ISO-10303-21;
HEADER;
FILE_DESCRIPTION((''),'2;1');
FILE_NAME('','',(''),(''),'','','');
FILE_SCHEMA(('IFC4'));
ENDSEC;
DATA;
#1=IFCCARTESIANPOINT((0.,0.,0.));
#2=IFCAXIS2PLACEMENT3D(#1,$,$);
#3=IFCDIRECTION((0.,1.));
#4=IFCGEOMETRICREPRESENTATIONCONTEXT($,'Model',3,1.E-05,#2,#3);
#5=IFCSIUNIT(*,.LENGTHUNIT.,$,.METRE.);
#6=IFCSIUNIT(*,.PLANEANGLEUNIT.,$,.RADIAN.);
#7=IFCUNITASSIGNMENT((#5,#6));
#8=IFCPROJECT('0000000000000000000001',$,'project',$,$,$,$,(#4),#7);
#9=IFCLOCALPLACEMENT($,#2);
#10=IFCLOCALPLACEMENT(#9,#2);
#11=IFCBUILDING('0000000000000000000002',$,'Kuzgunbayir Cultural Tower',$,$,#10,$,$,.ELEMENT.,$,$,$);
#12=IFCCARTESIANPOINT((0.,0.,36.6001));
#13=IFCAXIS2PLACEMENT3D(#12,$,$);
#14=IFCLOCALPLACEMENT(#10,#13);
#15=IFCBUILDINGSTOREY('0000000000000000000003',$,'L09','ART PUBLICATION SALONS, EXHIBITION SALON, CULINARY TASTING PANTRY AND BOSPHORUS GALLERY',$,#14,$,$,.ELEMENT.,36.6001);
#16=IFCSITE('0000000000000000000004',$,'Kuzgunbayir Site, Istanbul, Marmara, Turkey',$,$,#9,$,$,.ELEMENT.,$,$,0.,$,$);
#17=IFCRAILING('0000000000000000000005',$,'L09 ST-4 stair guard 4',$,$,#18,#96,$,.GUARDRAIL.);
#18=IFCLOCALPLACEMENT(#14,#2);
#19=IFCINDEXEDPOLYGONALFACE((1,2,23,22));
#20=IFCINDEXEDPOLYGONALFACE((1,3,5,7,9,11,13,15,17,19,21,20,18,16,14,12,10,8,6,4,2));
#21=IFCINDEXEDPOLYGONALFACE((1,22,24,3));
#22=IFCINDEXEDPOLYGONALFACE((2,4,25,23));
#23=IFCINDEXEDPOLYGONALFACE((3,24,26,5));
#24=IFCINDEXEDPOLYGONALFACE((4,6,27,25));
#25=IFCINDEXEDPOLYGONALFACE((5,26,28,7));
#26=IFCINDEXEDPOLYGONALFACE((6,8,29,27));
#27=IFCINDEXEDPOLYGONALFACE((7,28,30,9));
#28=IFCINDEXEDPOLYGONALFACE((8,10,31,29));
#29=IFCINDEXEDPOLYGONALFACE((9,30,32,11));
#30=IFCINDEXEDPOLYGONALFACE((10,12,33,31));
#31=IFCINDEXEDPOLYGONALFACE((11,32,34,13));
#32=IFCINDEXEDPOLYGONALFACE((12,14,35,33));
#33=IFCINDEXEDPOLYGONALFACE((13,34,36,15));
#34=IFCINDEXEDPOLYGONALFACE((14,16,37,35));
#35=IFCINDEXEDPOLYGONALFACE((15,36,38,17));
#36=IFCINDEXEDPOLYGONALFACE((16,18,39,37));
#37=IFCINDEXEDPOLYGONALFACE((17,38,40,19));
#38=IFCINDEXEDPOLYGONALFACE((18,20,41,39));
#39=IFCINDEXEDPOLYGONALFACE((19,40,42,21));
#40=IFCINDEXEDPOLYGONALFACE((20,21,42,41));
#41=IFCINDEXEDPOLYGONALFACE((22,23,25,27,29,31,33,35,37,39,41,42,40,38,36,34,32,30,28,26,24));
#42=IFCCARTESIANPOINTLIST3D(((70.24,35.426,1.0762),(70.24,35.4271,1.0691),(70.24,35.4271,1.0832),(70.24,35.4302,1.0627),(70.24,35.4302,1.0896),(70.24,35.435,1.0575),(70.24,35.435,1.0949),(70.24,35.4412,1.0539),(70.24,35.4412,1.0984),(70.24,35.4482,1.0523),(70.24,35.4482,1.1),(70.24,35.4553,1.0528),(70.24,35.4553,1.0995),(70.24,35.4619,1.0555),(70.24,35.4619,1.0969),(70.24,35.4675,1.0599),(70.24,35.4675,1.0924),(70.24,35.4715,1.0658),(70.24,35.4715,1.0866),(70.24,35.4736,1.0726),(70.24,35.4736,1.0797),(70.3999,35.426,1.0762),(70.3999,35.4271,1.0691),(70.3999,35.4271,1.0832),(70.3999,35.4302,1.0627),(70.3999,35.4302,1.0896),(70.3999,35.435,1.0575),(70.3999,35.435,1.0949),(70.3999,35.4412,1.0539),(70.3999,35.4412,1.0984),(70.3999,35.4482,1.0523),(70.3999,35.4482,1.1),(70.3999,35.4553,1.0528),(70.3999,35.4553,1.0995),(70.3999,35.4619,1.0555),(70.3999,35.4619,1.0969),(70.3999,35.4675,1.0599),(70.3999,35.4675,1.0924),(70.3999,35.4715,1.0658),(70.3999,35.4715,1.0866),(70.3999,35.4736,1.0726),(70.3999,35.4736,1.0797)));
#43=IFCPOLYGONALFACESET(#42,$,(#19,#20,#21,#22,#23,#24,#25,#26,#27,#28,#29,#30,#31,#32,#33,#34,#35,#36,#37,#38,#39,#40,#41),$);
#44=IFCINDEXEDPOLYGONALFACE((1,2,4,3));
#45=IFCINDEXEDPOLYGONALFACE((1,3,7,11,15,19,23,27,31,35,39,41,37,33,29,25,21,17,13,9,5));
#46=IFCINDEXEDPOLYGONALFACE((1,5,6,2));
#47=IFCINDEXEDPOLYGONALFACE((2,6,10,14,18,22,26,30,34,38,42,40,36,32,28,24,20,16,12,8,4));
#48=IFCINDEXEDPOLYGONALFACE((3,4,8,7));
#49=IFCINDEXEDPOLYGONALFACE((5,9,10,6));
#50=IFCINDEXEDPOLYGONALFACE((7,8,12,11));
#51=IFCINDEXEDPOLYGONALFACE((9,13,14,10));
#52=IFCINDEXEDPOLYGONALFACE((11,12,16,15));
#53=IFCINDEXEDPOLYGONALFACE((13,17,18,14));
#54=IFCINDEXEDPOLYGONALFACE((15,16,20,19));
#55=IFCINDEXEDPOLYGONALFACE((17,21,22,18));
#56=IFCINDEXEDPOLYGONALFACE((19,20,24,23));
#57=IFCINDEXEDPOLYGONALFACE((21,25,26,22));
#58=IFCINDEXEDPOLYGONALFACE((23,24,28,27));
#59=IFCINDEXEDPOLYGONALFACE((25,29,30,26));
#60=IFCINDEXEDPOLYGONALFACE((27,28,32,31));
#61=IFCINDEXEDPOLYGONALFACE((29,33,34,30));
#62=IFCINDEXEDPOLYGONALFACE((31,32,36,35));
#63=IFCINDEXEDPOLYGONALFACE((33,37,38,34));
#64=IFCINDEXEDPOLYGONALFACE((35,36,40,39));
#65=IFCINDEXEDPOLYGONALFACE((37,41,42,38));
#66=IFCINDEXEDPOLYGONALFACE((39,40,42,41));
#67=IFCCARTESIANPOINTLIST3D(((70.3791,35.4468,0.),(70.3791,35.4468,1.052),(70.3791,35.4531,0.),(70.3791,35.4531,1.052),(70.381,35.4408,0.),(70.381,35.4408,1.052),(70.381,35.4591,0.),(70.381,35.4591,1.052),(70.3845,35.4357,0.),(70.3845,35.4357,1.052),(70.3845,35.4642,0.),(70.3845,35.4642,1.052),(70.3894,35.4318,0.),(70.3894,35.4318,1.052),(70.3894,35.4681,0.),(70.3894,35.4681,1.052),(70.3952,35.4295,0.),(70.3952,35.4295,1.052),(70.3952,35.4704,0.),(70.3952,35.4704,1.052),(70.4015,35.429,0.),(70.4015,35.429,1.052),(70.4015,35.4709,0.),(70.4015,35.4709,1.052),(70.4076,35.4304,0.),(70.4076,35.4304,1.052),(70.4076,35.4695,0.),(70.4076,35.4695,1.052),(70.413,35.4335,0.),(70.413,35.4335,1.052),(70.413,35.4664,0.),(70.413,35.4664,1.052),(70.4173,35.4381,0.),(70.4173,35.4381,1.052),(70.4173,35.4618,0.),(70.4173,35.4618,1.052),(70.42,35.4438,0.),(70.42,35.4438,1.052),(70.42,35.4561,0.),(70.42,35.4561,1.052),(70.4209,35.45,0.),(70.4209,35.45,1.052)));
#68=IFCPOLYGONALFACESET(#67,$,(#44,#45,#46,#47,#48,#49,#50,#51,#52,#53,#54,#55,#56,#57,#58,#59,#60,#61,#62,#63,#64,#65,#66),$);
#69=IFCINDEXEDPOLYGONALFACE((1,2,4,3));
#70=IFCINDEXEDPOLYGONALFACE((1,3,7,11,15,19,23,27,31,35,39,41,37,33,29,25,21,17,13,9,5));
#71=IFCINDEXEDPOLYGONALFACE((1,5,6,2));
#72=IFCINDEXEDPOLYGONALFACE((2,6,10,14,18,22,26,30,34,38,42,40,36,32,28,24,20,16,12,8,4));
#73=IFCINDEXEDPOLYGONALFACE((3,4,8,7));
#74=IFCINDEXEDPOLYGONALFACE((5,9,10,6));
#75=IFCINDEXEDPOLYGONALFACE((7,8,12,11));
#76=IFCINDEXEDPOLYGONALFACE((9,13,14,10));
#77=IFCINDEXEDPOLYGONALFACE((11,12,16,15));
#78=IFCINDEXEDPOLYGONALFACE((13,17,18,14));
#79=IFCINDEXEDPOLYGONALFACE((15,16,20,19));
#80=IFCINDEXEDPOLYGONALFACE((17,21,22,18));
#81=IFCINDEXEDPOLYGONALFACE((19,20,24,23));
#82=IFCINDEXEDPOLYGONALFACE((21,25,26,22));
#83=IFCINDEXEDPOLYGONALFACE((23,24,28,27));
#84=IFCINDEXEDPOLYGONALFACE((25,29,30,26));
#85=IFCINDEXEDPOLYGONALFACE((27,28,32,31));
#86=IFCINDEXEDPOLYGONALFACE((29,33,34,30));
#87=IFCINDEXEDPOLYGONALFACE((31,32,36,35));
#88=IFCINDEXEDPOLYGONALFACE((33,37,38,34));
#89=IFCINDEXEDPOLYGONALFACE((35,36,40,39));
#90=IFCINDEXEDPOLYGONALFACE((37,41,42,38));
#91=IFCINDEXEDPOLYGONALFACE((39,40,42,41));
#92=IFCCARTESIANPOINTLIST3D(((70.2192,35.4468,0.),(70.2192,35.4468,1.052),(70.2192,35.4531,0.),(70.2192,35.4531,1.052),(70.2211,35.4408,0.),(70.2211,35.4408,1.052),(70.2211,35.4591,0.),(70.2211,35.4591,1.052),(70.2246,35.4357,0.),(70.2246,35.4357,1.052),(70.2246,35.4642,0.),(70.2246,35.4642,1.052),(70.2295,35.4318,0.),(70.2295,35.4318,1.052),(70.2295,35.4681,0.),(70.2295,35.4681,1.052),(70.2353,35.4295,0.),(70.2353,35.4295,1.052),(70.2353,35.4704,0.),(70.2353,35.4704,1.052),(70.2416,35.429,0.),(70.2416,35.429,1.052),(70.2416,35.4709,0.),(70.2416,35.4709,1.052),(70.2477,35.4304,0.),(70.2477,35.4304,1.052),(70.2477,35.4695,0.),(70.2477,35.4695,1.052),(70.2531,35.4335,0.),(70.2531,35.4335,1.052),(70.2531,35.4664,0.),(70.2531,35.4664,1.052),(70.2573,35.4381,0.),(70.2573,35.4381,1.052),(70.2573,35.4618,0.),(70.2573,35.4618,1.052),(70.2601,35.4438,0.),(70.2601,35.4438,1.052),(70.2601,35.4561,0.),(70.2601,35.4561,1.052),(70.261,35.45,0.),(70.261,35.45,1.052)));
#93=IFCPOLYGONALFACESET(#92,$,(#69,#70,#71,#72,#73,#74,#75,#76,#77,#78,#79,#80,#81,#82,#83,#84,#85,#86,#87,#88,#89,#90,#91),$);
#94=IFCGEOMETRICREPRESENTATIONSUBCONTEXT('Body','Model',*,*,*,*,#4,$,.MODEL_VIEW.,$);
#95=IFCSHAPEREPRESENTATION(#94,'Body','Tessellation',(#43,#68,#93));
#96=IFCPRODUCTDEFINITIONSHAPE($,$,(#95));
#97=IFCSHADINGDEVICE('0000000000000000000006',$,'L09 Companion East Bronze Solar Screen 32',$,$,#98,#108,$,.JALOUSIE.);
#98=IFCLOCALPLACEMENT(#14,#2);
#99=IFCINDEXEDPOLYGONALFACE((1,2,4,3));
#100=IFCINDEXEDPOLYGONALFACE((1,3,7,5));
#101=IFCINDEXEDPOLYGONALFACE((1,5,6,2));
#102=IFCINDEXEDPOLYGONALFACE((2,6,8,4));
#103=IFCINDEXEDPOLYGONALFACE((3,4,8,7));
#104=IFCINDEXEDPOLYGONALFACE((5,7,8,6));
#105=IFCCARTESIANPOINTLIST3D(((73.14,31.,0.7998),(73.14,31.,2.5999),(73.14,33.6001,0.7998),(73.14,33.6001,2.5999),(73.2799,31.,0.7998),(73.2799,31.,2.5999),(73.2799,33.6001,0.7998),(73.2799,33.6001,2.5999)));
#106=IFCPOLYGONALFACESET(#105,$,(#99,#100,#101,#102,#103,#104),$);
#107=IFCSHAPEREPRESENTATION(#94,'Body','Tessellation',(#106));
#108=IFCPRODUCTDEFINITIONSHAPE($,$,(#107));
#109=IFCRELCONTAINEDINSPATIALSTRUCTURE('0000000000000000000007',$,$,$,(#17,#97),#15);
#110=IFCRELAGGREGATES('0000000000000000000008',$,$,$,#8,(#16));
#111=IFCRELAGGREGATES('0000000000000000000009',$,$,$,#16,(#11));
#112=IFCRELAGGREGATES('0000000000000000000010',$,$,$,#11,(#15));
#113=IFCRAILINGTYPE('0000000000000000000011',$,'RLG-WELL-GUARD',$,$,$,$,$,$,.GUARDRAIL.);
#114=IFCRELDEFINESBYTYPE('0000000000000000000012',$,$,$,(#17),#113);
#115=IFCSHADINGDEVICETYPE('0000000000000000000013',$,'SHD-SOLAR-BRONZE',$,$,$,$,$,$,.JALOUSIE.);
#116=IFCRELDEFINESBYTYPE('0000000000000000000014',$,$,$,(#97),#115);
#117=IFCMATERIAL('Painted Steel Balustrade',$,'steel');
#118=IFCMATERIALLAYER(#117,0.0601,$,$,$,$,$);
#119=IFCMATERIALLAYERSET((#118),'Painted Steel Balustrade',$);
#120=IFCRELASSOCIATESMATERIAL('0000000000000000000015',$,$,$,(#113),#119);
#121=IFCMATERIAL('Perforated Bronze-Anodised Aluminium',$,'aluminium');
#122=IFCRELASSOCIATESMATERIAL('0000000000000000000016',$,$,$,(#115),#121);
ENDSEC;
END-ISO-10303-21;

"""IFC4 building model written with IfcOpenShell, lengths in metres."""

from ifc_helpers import new_model, si_unit, direction, frame, origin, origin_2d, place, context, subcontext, project, spatial, rectangle, circle, extrude, material, layer, layer_set, type_object, element, save


model = new_model("IFC4")

# Units and contexts
model_context = context("Model", 3, precision=1e-05, world=origin(), true_north=direction((0.0, 1.0)))
body_context = subcontext(model_context, "Body", "Model", "MODEL_VIEW")
ifc_project = project(units=[si_unit("LENGTHUNIT", "METRE"), si_unit("PLANEANGLEUNIT", "RADIAN")], contexts=[model_context])

# Site, building, storey
site_placement = place(None, origin())
site = spatial("IfcSite", under=ifc_project, at=site_placement, Name="Kuzgunbayir Site, Istanbul, Marmara, Turkey", CompositionType="ELEMENT", RefElevation=0.0)
building_placement = place(site_placement, origin())
building = spatial("IfcBuilding", under=site, at=building_placement, Name="Kuzgunbayir Cultural Tower", CompositionType="ELEMENT")
storey_placement = place(building_placement, frame((0.0, 0.0, 36.6001)))
storey = spatial("IfcBuildingStorey", under=building, at=storey_placement, Name="L09", Description="ART PUBLICATION SALONS, EXHIBITION SALON, CULINARY TASTING PANTRY AND BOSPHORUS GALLERY", CompositionType="ELEMENT", Elevation=36.6001)

# Railing
ifc_material_1 = material(Name="Painted Steel Balustrade", Category="steel")
ifc_layer_1 = layer(ifc_material_1, 0.0601)
ifc_layer_set_1 = layer_set([ifc_layer_1], Name="Painted Steel Balustrade")
railing_type = type_object("IfcRailingType", Name="RLG-WELL-GUARD", PredefinedType="GUARDRAIL", material=ifc_layer_set_1)
railing_1_placement = place(storey_placement, frame((70.3999, 35.45, 0.0)))
element("IfcRailing", 1, at=railing_1_placement, inside=storey, type_object=railing_type, Name="L09 ST-4 stair guard 4", PredefinedType="GUARDRAIL", context=body_context, shape_type="SweptSolid", body=[
    extrude(circle(Radius=0.0239, at=origin_2d()), frame((0.0, 0.0, 1.0762), z_axis=(-1.0, 0.0, 0.0), x_axis=(0.0, -1.0, 0.0)), (0.0, 0.0, 1.0), 0.1599),
    extrude(circle(Radius=0.021, at=origin_2d()), origin(), (0.0, 0.0, 1.0), 1.052),
    extrude(circle(Radius=0.021, at=origin_2d()), frame((-0.1599, 0.0, 0.0)), (0.0, 0.0, 1.0), 1.052),
])

# Shading device
ifc_material_2 = material(Name="Perforated Bronze-Anodised Aluminium", Category="aluminium")
shading_device_type = type_object("IfcShadingDeviceType", Name="SHD-SOLAR-BRONZE", PredefinedType="JALOUSIE", material=ifc_material_2)
shading_device_placement = place(storey_placement, frame((73.21, 32.3, 0.7998), z_axis=(0.0, 0.0, 1.0), x_axis=(1.0, 0.0, 0.0)))
element("IfcShadingDevice", 2, at=shading_device_placement, inside=storey, type_object=shading_device_type, Name="L09 Companion East Bronze Solar Screen 32", PredefinedType="JALOUSIE", context=body_context, shape_type="SweptSolid", body=[
    extrude(rectangle(XDim=0.1399, YDim=2.6001, at=origin_2d()), origin(), (0.0, 0.0, 1.0), 1.8),
])

save(model, "model.ifc")
